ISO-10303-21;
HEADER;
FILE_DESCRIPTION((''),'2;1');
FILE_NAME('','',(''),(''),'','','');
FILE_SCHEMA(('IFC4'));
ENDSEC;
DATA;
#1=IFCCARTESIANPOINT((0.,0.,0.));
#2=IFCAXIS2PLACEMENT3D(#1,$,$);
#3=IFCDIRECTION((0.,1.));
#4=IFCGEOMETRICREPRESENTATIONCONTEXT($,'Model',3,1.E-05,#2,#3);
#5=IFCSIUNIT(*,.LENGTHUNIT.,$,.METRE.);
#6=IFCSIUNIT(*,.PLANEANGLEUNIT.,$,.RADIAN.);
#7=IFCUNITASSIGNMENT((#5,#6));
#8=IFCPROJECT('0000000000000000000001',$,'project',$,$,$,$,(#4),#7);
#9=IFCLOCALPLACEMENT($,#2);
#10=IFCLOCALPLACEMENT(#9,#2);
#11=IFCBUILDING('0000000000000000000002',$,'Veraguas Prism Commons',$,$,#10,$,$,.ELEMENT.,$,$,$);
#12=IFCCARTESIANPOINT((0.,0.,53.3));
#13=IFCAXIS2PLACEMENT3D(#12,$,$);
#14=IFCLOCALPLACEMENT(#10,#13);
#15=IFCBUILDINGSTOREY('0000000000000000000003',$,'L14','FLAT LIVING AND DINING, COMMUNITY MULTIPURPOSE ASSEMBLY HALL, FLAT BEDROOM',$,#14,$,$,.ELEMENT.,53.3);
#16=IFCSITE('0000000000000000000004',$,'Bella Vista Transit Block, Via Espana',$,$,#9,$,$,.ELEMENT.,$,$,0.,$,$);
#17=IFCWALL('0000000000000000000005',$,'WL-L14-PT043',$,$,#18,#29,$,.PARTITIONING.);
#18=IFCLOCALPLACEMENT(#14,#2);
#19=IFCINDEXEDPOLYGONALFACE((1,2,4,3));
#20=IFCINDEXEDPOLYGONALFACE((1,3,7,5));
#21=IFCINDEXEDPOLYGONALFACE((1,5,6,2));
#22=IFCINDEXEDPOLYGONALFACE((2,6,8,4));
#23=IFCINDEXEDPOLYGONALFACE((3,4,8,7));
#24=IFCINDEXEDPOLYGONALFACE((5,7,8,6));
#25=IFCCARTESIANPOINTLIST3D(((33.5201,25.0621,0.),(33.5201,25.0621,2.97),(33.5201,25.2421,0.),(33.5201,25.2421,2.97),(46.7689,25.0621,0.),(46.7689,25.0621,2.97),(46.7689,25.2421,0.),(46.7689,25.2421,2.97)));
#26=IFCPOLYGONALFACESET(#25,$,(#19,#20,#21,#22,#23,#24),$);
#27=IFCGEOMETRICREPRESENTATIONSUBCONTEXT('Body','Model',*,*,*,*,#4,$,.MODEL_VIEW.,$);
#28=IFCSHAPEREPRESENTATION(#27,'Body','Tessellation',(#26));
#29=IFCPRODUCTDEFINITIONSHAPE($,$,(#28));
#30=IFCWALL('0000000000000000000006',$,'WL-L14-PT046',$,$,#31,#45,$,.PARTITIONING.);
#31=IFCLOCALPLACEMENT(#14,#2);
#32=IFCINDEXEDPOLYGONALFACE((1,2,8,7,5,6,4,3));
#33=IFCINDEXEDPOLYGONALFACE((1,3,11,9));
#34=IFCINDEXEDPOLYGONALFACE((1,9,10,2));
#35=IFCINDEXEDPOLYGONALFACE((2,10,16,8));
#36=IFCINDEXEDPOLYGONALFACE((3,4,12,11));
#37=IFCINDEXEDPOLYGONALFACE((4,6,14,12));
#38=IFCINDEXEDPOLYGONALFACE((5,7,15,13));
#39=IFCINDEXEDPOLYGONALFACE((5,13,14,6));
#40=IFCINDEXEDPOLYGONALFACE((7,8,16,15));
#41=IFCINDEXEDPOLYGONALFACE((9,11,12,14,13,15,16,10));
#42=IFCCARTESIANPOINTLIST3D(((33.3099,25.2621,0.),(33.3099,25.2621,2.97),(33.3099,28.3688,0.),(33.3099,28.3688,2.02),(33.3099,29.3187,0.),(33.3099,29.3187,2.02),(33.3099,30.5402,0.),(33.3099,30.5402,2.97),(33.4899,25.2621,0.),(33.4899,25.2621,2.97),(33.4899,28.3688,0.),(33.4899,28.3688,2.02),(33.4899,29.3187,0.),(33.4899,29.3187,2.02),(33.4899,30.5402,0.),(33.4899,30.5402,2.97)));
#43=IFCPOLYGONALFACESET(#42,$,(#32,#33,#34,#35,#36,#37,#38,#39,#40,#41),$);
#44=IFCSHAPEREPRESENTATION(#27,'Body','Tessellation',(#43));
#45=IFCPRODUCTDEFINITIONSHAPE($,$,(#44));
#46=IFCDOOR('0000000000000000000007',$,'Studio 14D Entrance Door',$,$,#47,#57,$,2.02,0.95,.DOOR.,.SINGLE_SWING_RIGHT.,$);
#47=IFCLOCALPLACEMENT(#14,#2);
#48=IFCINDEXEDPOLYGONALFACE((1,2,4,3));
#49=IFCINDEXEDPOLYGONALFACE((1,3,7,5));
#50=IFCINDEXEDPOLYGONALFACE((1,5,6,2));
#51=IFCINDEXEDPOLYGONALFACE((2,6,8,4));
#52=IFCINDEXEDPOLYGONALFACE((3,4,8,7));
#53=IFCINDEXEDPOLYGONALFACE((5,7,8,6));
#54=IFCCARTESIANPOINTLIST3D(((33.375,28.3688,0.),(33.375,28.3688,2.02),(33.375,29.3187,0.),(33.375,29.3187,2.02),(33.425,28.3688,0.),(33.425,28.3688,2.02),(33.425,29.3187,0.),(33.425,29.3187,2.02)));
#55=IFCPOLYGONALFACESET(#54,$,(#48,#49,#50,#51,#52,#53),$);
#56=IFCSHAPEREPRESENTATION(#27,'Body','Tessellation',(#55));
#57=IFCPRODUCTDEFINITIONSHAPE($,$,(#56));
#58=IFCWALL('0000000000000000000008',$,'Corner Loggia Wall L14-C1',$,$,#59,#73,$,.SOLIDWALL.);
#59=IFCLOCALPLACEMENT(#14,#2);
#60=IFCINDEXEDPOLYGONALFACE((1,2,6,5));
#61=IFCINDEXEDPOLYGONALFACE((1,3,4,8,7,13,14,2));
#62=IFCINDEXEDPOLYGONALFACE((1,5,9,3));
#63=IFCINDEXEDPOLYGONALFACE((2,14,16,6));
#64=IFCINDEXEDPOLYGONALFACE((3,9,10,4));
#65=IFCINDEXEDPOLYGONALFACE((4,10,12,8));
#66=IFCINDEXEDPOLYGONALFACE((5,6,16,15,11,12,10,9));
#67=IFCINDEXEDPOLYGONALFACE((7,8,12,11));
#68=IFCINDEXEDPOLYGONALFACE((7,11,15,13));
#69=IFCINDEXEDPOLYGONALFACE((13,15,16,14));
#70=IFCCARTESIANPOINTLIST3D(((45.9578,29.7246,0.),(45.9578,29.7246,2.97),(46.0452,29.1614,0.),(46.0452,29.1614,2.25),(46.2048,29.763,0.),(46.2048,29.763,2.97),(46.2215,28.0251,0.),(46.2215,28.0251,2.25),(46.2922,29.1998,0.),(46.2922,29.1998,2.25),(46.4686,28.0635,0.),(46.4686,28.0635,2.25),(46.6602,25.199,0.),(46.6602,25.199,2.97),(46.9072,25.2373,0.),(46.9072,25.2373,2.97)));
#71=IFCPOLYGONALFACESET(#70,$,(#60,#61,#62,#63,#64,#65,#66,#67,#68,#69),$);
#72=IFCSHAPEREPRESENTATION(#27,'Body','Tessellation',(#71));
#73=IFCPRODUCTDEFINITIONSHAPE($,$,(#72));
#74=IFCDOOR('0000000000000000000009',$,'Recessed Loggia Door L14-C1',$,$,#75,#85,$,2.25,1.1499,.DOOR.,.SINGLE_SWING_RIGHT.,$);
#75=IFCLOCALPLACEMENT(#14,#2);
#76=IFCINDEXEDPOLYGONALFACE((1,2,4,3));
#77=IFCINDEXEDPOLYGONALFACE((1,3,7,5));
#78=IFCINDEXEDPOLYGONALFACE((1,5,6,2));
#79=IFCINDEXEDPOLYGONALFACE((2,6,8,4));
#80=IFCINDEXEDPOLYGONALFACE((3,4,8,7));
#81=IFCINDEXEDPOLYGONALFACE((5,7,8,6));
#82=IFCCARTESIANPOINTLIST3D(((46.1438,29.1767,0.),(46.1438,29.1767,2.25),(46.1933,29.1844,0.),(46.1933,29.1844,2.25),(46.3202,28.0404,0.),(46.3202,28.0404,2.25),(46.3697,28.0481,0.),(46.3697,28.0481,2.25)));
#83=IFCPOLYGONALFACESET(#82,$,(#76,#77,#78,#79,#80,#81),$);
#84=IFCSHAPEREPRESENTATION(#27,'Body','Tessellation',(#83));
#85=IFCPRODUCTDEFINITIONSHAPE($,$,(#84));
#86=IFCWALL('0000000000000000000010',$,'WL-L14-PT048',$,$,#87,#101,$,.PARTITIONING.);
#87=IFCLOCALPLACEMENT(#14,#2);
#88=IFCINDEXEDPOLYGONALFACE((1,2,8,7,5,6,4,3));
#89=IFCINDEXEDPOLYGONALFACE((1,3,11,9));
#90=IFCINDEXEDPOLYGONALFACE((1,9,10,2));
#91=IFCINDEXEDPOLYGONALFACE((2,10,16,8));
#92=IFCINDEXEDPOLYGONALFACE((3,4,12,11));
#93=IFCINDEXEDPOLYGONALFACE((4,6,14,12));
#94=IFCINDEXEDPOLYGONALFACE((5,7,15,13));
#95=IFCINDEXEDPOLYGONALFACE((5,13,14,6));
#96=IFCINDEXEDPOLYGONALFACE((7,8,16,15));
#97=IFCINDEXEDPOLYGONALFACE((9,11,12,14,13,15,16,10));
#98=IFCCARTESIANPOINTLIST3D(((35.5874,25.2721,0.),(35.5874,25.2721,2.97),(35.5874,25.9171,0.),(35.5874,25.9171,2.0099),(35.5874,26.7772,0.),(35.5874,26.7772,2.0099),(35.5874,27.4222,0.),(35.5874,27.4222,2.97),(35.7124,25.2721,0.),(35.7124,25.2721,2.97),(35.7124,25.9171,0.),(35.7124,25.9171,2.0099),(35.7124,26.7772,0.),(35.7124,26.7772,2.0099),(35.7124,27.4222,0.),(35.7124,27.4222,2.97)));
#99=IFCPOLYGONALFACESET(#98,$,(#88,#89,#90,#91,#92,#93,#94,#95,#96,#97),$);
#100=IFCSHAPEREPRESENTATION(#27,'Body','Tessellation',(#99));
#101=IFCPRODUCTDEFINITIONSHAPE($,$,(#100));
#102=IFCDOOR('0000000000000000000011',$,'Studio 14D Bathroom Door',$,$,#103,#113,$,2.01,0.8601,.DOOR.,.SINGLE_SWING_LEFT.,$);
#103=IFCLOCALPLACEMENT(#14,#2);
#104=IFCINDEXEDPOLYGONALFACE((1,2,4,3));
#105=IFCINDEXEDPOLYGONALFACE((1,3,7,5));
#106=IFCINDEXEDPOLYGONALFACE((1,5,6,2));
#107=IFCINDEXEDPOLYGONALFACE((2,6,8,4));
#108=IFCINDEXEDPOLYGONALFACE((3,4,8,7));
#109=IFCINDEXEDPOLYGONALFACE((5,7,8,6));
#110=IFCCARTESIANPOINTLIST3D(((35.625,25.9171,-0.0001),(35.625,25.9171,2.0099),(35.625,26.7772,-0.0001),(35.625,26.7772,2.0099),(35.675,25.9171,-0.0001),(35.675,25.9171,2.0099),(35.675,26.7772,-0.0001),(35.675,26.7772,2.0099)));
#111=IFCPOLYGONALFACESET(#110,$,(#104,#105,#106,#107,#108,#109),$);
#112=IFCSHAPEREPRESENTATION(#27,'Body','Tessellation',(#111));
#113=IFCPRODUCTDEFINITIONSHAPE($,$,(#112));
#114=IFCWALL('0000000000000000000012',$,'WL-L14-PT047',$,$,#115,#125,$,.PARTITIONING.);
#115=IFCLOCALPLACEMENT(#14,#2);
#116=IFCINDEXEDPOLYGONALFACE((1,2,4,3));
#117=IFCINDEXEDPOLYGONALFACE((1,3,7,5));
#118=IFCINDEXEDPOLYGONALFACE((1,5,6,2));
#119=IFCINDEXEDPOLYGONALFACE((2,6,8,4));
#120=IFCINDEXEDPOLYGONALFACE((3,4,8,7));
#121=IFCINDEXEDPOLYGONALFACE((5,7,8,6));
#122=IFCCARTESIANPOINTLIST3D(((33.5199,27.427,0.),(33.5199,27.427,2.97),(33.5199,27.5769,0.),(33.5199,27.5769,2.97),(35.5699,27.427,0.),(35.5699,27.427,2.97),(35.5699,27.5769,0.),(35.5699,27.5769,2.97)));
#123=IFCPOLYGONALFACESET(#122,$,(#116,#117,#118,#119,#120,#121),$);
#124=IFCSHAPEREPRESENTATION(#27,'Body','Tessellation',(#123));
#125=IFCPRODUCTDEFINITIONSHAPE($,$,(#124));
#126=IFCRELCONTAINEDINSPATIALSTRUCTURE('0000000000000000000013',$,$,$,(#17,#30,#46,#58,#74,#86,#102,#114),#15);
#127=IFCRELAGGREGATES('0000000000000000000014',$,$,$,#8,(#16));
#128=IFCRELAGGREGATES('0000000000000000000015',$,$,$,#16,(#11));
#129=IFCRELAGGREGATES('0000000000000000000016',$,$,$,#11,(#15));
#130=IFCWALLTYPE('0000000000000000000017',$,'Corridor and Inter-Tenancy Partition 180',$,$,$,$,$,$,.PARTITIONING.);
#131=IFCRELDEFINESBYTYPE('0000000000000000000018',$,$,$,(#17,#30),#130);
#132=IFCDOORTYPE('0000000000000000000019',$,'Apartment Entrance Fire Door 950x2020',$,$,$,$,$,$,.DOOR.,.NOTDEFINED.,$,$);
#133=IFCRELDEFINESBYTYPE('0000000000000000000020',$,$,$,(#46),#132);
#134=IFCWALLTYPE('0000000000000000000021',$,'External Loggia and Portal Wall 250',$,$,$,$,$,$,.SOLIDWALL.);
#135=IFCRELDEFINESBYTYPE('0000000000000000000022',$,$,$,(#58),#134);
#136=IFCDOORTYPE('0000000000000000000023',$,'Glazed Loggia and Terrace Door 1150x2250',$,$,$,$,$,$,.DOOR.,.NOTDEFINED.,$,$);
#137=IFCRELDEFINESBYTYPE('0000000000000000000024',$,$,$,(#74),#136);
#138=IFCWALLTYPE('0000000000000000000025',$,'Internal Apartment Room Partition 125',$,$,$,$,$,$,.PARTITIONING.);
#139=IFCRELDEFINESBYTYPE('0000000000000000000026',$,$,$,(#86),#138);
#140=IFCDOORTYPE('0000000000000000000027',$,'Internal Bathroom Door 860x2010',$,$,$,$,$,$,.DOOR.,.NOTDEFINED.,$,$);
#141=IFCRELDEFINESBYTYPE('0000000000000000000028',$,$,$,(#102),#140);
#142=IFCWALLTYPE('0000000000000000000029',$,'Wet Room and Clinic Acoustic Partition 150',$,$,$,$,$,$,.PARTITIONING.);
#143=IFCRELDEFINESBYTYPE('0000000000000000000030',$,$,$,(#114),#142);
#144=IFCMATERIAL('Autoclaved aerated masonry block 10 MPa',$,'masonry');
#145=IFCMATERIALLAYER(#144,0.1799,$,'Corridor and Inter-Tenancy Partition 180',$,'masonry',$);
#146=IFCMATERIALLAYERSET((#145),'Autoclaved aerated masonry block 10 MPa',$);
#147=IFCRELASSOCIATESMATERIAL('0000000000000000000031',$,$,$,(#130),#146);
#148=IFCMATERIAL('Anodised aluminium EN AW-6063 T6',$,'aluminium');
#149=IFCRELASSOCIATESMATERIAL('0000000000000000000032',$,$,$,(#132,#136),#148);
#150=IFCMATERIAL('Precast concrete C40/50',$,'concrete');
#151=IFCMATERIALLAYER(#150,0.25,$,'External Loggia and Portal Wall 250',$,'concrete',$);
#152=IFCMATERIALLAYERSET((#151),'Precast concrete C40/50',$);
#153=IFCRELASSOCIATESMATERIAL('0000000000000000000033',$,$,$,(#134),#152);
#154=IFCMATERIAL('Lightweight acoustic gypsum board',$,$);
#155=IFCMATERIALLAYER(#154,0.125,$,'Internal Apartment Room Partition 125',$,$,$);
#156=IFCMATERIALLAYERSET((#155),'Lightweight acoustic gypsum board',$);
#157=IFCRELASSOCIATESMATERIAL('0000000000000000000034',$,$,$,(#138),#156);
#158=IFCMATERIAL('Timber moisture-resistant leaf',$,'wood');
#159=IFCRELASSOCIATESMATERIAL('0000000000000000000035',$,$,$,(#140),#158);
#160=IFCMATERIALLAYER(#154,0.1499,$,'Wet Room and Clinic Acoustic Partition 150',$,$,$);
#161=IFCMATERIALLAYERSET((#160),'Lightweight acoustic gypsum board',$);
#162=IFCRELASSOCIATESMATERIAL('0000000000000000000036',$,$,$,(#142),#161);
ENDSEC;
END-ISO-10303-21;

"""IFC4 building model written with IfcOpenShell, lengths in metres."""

from ifc_helpers import new_model, si_unit, direction, frame, frame_2d, origin, place, context, subcontext, project, spatial, rectangle, extrude, source, transform, mapped, material, layer, layer_set, type_object, element, fill, save


model = new_model("IFC4")

# Units and contexts
model_context = context("Model", 3, precision=1e-05, world=origin(), true_north=direction((0.0, 1.0)))
body_context = subcontext(model_context, "Body", "Model", "MODEL_VIEW")
ifc_project = project(units=[si_unit("LENGTHUNIT", "METRE"), si_unit("PLANEANGLEUNIT", "RADIAN")], contexts=[model_context])

# Site, building, storey
site_placement = place(None, origin())
site = spatial("IfcSite", under=ifc_project, at=site_placement, Name="Bella Vista Transit Block, Via Espana", CompositionType="ELEMENT", RefElevation=0.0)
building_placement = place(site_placement, origin())
building = spatial("IfcBuilding", under=site, at=building_placement, Name="Veraguas Prism Commons", CompositionType="ELEMENT")
storey_placement = place(building_placement, frame((0.0, 0.0, 53.3)))
storey = spatial("IfcBuildingStorey", under=building, at=storey_placement, Name="L14", Description="FLAT LIVING AND DINING, COMMUNITY MULTIPURPOSE ASSEMBLY HALL, FLAT BEDROOM", CompositionType="ELEMENT", Elevation=53.3)

# Shared definitions
ifc_material_1 = material(Name="Anodised aluminium EN AW-6063 T6", Category="aluminium")

# Wall
ifc_material_2 = material(Name="Autoclaved aerated masonry block 10 MPa", Category="masonry")
ifc_layer_1 = layer(ifc_material_2, 0.1799, Name="Corridor and Inter-Tenancy Partition 180", Category="masonry")
ifc_layer_set_1 = layer_set([ifc_layer_1], Name="Autoclaved aerated masonry block 10 MPa")
wall_type_1 = type_object("IfcWallType", Name="Corridor and Inter-Tenancy Partition 180", PredefinedType="PARTITIONING", material=ifc_layer_set_1)
wall_1_placement = place(storey_placement, frame((33.52, 25.1521, 0.0), z_axis=(0.0, 0.0, 1.0), x_axis=(1.0, 0.0, 0.0)))
element("IfcWall", 1, at=wall_1_placement, inside=storey, type_object=wall_type_1, Name="WL-L14-PT043", PredefinedType="PARTITIONING", context=body_context, shape_type="SweptSolid", body=[
    extrude(rectangle(XDim=13.2488, YDim=0.1799, at=frame_2d((6.6245, 0.0))), origin(), (0.0, 0.0, 1.0), 2.97),
])

# Walls, openings, doors
wall_2_placement = place(storey_placement, frame((33.3999, 25.262, 0.0), z_axis=(0.0, 0.0, 1.0), x_axis=(0.0, 1.0, 0.0)))
wall_2 = element("IfcWall", 2, at=wall_2_placement, inside=storey, type_object=wall_type_1, Name="WL-L14-PT046", PredefinedType="PARTITIONING", context=body_context, shape_type="SweptSolid", body=[
    extrude(rectangle(XDim=5.2781, YDim=0.1799, at=frame_2d((2.6392, 0.0))), origin(), (0.0, 0.0, 1.0), 2.97),
])
opening_1_placement = place(wall_2_placement, frame((3.1067, 0.0, 0.0)))
opening_1 = element("IfcOpeningElement", 3, at=opening_1_placement, cuts=wall_2, PredefinedType="OPENING", context=body_context, shape_type="SweptSolid", body=[
    extrude(rectangle(XDim=0.95, YDim=2.02, at=frame_2d((0.4751, 1.01))), frame((0.0, 0.0999, 0.0), z_axis=(0.0, -1.0, 0.0), x_axis=(1.0, 0.0, 0.0)), (0.0, 0.0, 1.0), 0.2),
])
door_type_1 = type_object("IfcDoorType", Name="Apartment Entrance Fire Door 950x2020", OperationType="NOTDEFINED", PredefinedType="DOOR", material=ifc_material_1)
shared_shape_1 = source(origin(), body_context, "Body", "SweptSolid", [
    extrude(rectangle(XDim=0.95, YDim=2.02, at=frame_2d((0.4751, 1.01))), frame((0.0, 0.0249, 0.0), z_axis=(0.0, -1.0, 0.0), x_axis=(1.0, 0.0, 0.0)), (0.0, 0.0, 1.0), 0.05),
])
door_1_placement = place(opening_1_placement, origin())
door_1 = element("IfcDoor", 4, at=door_1_placement, inside=storey, type_object=door_type_1, Name="Studio 14D Entrance Door", OperationType="SINGLE_SWING_RIGHT", OverallHeight=2.02, OverallWidth=0.95, PredefinedType="DOOR", context=body_context, shape_type="MappedRepresentation", body=[
    mapped(shared_shape_1, transform((0.0, 0.0, 0.0), scale=1.0)),
])
fill(opening_1, door_1)
ifc_material_3 = material(Name="Precast concrete C40/50", Category="concrete")
ifc_layer_2 = layer(ifc_material_3, 0.25, Name="External Loggia and Portal Wall 250", Category="concrete")
ifc_layer_set_2 = layer_set([ifc_layer_2], Name="Precast concrete C40/50")
wall_type_2 = type_object("IfcWallType", Name="External Loggia and Portal Wall 250", PredefinedType="SOLIDWALL", material=ifc_layer_set_2)
wall_3_placement = place(storey_placement, frame((46.7837, 25.218, 0.0), z_axis=(0.0, 0.0, 1.0), x_axis=(-0.153367, 0.988169, 0.0)))
wall_3 = element("IfcWall", 5, at=wall_3_placement, inside=storey, type_object=wall_type_2, Name="Corner Loggia Wall L14-C1", PredefinedType="SOLIDWALL", context=body_context, shape_type="SweptSolid", body=[
    extrude(rectangle(XDim=4.5798, YDim=0.25, at=frame_2d((2.29, 0.0))), origin(), (0.0, 0.0, 1.0), 2.97),
])
opening_2_placement = place(wall_3_placement, frame((2.8601, 0.0, 0.0)))
opening_2 = element("IfcOpeningElement", 6, at=opening_2_placement, cuts=wall_3, PredefinedType="OPENING", context=body_context, shape_type="SweptSolid", body=[
    extrude(rectangle(XDim=1.1499, YDim=2.25, at=frame_2d((0.575, 1.125))), frame((0.0, 0.135, 0.0), z_axis=(0.0, -1.0, 0.0), x_axis=(1.0, 0.0, 0.0)), (0.0, 0.0, 1.0), 0.27),
])
door_type_2 = type_object("IfcDoorType", Name="Glazed Loggia and Terrace Door 1150x2250", OperationType="NOTDEFINED", PredefinedType="DOOR", material=ifc_material_1)
shared_shape_2 = source(origin(), body_context, "Body", "SweptSolid", [
    extrude(rectangle(XDim=1.1499, YDim=2.25, at=frame_2d((0.575, 1.125))), frame((0.0, 0.0249, 0.0), z_axis=(0.0, -1.0, 0.0), x_axis=(1.0, 0.0, 0.0)), (0.0, 0.0, 1.0), 0.05),
])
door_2_placement = place(opening_2_placement, frame((1.1499, 0.0, 0.0), z_axis=(0.0, 0.0, 1.0), x_axis=(-1.0, 0.0, 0.0)))
door_2 = element("IfcDoor", 7, at=door_2_placement, inside=storey, type_object=door_type_2, Name="Recessed Loggia Door L14-C1", OperationType="SINGLE_SWING_RIGHT", OverallHeight=2.25, OverallWidth=1.1499, PredefinedType="DOOR", context=body_context, shape_type="MappedRepresentation", body=[
    mapped(shared_shape_2, transform((0.0, 0.0, 0.0), scale=1.0)),
])
fill(opening_2, door_2)
ifc_material_4 = material(Name="Lightweight acoustic gypsum board")
ifc_layer_3 = layer(ifc_material_4, 0.125, Name="Internal Apartment Room Partition 125")
ifc_layer_set_3 = layer_set([ifc_layer_3], Name="Lightweight acoustic gypsum board")
wall_type_3 = type_object("IfcWallType", Name="Internal Apartment Room Partition 125", PredefinedType="PARTITIONING", material=ifc_layer_set_3)
wall_4_placement = place(storey_placement, frame((35.6499, 25.272, 0.0), z_axis=(0.0, 0.0, 1.0), x_axis=(0.0, 1.0, 0.0)))
wall_4 = element("IfcWall", 8, at=wall_4_placement, inside=storey, type_object=wall_type_3, Name="WL-L14-PT048", PredefinedType="PARTITIONING", context=body_context, shape_type="SweptSolid", body=[
    extrude(rectangle(XDim=2.1501, YDim=0.125, at=frame_2d((1.0752, 0.0))), origin(), (0.0, 0.0, 1.0), 2.97),
])
opening_3_placement = place(wall_4_placement, frame((0.645, 0.0, 0.0)))
opening_3 = element("IfcOpeningElement", 9, at=opening_3_placement, cuts=wall_4, PredefinedType="OPENING", context=body_context, shape_type="SweptSolid", body=[
    extrude(rectangle(XDim=0.8601, YDim=2.01, at=frame_2d((0.4302, 1.0049))), frame((0.0, 0.0725, 0.0), z_axis=(0.0, -1.0, 0.0), x_axis=(1.0, 0.0, 0.0)), (0.0, 0.0, 1.0), 0.145),
])
ifc_material_5 = material(Name="Timber moisture-resistant leaf", Category="wood")
door_type_3 = type_object("IfcDoorType", Name="Internal Bathroom Door 860x2010", OperationType="NOTDEFINED", PredefinedType="DOOR", material=ifc_material_5)
shared_shape_3 = source(origin(), body_context, "Body", "SweptSolid", [
    extrude(rectangle(XDim=0.8601, YDim=2.01, at=frame_2d((0.4302, 1.0049))), frame((0.0, 0.0249, 0.0), z_axis=(0.0, -1.0, 0.0), x_axis=(1.0, 0.0, 0.0)), (0.0, 0.0, 1.0), 0.05),
])
door_3_placement = place(opening_3_placement, origin())
door_3 = element("IfcDoor", 10, at=door_3_placement, inside=storey, type_object=door_type_3, Name="Studio 14D Bathroom Door", OperationType="SINGLE_SWING_LEFT", OverallHeight=2.01, OverallWidth=0.8601, PredefinedType="DOOR", context=body_context, shape_type="MappedRepresentation", body=[
    mapped(shared_shape_3, transform((0.0, 0.0, 0.0), scale=1.0)),
])
fill(opening_3, door_3)

# Wall
ifc_layer_4 = layer(ifc_material_4, 0.1499, Name="Wet Room and Clinic Acoustic Partition 150")
ifc_layer_set_4 = layer_set([ifc_layer_4], Name="Lightweight acoustic gypsum board")
wall_type_4 = type_object("IfcWallType", Name="Wet Room and Clinic Acoustic Partition 150", PredefinedType="PARTITIONING", material=ifc_layer_set_4)
wall_5_placement = place(storey_placement, frame((33.52, 27.502, 0.0), z_axis=(0.0, 0.0, 1.0), x_axis=(1.0, 0.0, 0.0)))
element("IfcWall", 11, at=wall_5_placement, inside=storey, type_object=wall_type_4, Name="WL-L14-PT047", PredefinedType="PARTITIONING", context=body_context, shape_type="SweptSolid", body=[
    extrude(rectangle(XDim=2.05, YDim=0.1499, at=frame_2d((1.0249, 0.0))), origin(), (0.0, 0.0, 1.0), 2.97),
])

save(model, "model.ifc")
